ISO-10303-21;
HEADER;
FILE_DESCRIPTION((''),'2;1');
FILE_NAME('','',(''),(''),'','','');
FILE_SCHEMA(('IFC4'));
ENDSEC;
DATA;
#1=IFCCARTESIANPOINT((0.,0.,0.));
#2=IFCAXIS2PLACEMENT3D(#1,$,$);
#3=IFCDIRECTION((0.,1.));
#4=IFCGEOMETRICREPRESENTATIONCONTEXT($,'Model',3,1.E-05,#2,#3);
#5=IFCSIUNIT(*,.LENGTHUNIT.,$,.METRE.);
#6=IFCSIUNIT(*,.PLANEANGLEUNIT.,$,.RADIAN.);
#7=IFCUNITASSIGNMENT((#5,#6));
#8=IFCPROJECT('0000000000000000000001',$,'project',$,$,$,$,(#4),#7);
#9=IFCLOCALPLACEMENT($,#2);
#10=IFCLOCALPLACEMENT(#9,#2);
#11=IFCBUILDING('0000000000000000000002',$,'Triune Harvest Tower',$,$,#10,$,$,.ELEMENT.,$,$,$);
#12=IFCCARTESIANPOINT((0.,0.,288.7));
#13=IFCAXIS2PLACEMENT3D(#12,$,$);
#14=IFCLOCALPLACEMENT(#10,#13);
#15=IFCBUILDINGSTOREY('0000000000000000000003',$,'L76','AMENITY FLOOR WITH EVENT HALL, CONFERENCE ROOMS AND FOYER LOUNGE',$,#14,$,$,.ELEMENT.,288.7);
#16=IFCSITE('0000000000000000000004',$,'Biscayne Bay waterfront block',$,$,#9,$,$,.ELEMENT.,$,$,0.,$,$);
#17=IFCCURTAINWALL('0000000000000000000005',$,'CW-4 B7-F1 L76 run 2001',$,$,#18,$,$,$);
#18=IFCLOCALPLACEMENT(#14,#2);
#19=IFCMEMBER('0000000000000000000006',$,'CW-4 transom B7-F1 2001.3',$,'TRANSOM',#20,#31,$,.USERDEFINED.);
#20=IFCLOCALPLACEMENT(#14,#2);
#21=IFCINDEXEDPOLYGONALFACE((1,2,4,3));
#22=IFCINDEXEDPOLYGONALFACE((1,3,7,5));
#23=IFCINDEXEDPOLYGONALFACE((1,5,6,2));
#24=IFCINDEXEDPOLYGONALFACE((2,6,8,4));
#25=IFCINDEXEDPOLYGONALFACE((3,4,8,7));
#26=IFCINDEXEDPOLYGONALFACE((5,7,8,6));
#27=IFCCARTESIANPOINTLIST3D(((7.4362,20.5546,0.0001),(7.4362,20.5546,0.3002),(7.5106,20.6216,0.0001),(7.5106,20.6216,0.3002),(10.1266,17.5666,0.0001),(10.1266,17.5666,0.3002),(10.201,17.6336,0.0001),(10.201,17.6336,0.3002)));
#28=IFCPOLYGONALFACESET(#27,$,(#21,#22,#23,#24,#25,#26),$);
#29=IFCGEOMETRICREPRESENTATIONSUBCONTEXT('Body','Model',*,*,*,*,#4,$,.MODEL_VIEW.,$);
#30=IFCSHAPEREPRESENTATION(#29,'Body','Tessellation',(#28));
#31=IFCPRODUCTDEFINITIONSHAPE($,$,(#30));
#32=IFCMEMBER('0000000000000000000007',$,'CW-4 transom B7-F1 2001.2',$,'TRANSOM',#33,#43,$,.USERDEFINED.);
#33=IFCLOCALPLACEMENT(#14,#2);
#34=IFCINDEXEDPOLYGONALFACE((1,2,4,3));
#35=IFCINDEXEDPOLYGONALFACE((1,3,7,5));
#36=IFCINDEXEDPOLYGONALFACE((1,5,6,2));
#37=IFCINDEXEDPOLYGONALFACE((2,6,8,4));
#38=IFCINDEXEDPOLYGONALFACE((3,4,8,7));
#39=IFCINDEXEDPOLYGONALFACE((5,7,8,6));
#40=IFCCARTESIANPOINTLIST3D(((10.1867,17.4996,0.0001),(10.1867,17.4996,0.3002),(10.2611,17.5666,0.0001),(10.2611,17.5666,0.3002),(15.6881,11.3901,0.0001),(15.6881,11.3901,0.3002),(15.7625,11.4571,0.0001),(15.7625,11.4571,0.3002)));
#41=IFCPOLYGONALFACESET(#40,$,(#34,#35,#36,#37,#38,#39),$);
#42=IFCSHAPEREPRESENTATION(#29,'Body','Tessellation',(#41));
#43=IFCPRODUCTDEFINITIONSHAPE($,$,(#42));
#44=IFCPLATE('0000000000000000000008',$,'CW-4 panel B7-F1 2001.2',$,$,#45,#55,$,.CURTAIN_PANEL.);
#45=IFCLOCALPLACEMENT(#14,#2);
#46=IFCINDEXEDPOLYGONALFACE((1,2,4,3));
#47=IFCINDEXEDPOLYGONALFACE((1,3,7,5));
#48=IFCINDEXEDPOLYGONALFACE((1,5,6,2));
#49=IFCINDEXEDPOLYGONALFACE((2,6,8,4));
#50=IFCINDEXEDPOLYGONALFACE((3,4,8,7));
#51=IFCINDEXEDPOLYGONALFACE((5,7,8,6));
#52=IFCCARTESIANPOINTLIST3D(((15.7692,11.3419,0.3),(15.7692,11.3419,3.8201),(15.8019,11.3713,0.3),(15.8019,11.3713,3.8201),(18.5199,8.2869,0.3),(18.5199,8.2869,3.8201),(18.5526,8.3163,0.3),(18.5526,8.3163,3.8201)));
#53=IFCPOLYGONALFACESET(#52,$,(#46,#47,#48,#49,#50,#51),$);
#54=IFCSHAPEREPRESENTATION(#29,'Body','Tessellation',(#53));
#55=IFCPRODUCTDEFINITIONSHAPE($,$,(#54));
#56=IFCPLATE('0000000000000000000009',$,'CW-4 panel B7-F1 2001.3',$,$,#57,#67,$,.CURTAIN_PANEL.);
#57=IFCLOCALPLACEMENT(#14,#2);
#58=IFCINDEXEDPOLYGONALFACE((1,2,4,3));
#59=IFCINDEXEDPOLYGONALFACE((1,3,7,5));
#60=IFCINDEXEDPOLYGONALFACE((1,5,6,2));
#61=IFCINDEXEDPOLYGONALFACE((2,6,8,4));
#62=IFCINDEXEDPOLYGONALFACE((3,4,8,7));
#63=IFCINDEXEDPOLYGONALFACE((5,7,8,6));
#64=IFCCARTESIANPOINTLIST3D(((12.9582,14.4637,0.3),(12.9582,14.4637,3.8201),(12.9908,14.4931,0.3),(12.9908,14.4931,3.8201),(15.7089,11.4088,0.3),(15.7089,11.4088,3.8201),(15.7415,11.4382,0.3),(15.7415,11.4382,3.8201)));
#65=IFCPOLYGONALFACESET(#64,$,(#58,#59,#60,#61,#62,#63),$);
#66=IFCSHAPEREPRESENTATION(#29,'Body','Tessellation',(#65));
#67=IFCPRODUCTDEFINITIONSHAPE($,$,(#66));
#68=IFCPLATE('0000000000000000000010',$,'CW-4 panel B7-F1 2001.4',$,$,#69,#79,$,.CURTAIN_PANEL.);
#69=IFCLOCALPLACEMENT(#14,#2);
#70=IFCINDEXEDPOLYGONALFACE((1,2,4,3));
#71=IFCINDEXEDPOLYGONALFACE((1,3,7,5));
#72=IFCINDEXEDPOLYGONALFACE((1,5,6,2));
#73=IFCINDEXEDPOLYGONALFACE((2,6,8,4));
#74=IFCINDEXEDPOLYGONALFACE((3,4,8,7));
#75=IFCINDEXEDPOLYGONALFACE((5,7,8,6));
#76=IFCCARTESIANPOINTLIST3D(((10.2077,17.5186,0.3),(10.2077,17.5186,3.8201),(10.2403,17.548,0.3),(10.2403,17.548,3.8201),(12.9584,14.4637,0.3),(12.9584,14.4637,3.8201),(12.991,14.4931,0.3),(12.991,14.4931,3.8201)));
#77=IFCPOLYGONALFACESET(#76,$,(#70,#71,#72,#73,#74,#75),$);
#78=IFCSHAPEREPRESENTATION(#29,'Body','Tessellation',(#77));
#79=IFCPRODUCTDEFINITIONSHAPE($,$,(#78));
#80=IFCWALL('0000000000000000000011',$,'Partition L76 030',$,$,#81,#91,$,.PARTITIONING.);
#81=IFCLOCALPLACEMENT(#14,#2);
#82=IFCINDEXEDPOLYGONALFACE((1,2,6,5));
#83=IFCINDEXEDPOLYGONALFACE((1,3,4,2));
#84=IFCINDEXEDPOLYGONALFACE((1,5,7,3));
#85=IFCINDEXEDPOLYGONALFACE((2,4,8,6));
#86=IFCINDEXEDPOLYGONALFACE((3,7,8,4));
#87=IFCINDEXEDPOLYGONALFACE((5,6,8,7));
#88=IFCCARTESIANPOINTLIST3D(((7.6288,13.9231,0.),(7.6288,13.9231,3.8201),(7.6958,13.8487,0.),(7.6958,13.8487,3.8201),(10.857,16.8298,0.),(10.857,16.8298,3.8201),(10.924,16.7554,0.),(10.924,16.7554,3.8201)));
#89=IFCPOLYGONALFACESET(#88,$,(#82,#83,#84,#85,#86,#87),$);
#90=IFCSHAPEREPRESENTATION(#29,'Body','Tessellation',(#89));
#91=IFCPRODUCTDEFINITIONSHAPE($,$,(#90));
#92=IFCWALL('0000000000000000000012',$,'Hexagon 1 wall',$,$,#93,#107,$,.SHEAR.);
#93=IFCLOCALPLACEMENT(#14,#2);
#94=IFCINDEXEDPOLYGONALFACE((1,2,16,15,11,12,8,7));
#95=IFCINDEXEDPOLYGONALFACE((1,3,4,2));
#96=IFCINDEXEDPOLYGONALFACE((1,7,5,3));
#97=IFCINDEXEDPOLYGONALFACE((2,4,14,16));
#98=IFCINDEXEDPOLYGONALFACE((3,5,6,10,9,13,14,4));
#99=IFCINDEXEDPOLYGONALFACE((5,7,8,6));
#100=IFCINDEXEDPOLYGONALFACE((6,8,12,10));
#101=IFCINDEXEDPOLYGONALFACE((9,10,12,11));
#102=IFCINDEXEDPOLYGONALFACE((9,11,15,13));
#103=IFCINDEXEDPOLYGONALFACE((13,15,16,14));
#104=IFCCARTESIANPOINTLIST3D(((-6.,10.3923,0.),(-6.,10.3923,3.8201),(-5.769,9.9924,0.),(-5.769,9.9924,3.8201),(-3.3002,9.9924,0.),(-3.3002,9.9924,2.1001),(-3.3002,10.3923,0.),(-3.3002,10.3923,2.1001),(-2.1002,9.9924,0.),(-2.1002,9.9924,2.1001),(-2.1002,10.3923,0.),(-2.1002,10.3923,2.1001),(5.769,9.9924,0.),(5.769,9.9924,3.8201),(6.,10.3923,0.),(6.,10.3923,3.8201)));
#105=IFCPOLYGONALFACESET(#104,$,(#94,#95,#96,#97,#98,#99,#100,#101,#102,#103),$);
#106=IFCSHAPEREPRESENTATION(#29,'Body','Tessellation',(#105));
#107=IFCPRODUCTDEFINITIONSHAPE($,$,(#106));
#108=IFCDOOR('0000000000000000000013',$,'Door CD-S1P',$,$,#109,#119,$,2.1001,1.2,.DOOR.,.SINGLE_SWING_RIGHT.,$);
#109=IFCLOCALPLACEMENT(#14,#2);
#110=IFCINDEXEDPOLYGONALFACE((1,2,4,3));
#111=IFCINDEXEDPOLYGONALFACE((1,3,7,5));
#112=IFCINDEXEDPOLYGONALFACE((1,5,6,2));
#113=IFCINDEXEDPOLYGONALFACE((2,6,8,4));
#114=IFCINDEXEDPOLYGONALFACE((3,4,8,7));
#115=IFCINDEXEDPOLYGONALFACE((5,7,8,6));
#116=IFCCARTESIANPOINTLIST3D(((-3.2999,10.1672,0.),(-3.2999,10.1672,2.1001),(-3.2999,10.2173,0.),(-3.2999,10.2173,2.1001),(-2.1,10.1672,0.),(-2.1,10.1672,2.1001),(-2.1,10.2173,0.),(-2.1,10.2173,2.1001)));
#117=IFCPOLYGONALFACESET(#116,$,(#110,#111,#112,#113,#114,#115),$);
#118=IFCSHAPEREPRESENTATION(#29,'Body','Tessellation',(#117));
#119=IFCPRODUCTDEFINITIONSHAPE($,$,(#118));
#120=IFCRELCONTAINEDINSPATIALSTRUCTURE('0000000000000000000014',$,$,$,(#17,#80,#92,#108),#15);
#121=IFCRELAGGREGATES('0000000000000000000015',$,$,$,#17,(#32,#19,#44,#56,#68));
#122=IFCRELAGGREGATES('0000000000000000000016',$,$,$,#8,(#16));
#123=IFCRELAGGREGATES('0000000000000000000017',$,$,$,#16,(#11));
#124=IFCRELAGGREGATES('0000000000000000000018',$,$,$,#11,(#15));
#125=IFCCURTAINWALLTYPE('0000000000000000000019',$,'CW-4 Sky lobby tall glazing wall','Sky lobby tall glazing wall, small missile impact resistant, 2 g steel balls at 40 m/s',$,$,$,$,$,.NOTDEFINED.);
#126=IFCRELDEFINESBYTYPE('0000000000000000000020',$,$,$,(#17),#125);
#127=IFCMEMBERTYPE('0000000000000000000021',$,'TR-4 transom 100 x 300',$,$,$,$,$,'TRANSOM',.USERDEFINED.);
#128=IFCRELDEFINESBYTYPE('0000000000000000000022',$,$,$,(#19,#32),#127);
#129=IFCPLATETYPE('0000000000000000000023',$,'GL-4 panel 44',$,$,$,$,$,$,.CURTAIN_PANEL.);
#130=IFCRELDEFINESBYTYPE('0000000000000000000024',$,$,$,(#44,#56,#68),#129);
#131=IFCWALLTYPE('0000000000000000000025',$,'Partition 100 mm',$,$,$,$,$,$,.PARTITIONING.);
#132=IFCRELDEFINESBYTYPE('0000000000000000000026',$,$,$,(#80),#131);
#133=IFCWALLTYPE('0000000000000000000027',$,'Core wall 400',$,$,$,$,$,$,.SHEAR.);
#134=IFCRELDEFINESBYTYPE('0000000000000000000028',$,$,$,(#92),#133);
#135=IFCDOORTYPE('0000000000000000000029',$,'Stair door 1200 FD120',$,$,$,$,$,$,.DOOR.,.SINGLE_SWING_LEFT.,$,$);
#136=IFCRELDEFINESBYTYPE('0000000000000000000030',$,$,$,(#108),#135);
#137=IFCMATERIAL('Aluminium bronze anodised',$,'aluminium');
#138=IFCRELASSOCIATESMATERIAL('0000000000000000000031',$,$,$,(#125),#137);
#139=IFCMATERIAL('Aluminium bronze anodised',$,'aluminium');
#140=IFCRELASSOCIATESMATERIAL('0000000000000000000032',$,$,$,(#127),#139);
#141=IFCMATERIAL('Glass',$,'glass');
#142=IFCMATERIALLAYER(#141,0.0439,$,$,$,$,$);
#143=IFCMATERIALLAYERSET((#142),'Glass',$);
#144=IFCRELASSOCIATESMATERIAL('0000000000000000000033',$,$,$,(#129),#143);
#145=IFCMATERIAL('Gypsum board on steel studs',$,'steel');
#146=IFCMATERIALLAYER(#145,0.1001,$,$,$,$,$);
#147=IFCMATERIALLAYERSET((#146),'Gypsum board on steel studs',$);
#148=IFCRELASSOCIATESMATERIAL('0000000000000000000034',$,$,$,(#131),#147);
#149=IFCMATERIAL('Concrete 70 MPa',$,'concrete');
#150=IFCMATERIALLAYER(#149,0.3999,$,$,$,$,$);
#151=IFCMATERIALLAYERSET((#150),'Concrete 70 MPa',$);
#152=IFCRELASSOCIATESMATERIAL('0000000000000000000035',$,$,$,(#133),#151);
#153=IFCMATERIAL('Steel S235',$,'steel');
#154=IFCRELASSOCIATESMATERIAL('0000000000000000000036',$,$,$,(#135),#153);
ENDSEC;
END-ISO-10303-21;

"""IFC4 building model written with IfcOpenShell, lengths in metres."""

from ifc_helpers import new_model, si_unit, direction, frame, frame_2d, origin, origin_2d, place, context, subcontext, project, spatial, polyline, rectangle, outline, extrude, source, transform, mapped, material, layer, layer_set, material_profile, profile_set, type_object, element, fill, aggregate, save


model = new_model("IFC4")

# Units and contexts
model_context = context("Model", 3, precision=1e-05, world=origin(), true_north=direction((0.0, 1.0)))
body_context = subcontext(model_context, "Body", "Model", "MODEL_VIEW")
ifc_project = project(units=[si_unit("LENGTHUNIT", "METRE"), si_unit("PLANEANGLEUNIT", "RADIAN")], contexts=[model_context])

# Site, building, storey
site_placement = place(None, origin())
site = spatial("IfcSite", under=ifc_project, at=site_placement, Name="Biscayne Bay waterfront block", CompositionType="ELEMENT", RefElevation=0.0)
building_placement = place(site_placement, origin())
building = spatial("IfcBuilding", under=site, at=building_placement, Name="Triune Harvest Tower", CompositionType="ELEMENT")
storey_placement = place(building_placement, frame((0.0, 0.0, 288.7)))
storey = spatial("IfcBuildingStorey", under=building, at=storey_placement, Name="L76", Description="AMENITY FLOOR WITH EVENT HALL, CONFERENCE ROOMS AND FOYER LOUNGE", CompositionType="ELEMENT", Elevation=288.7)

# Curtain wall, members, plates
ifc_material_1 = material(Name="Aluminium bronze anodised", Category="aluminium")
curtain_wall_type = type_object("IfcCurtainWallType", Name="CW-4 Sky lobby tall glazing wall", Description="Sky lobby tall glazing wall, small missile impact resistant, 2 g steel balls at 40 m/s", PredefinedType="NOTDEFINED", material=ifc_material_1)
curtain_wall_placement = place(storey_placement, origin())
curtain_wall = element("IfcCurtainWall", 1, at=curtain_wall_placement, inside=storey, type_object=curtain_wall_type, Name="CW-4 B7-F1 L76 run 2001")
ifc_material_2 = material(Name="Aluminium bronze anodised", Category="aluminium")
ifc_material_profile_1 = material_profile(ifc_material_2, rectangle(XDim=0.1001, YDim=0.3, at=origin_2d()), Name="TR-4 transom 100 x 300")
ifc_profile_set_1 = profile_set([ifc_material_profile_1], Name="Aluminium bronze anodised")
member_type_1 = type_object("IfcMemberType", Name="TR-4 transom 100 x 300", ElementType="TRANSOM", PredefinedType="USERDEFINED", material=ifc_profile_set_1)
shared_shape_1 = source(origin(), body_context, "Body", "SweptSolid", [
    extrude(rectangle(XDim=0.1001, YDim=0.3, at=origin_2d()), origin(), (0.0, 0.0, 1.0), 4.0208),
])
member_1_placement = place(storey_placement, frame((10.1638, 17.6001, 0.1501), z_axis=(-0.669129, 0.743146, 0.0), x_axis=(-0.743146, -0.669129, 0.0)))
member_1 = element("IfcMember", 2, at=member_1_placement, type_object=member_type_1, Name="CW-4 transom B7-F1 2001.3", ObjectType="TRANSOM", PredefinedType="USERDEFINED", context=body_context, shape_type="MappedRepresentation", body=[
    mapped(shared_shape_1, transform((0.0, 0.0, 0.0), scale=1.0)),
])
shared_shape_2 = source(origin(), body_context, "Body", "SweptSolid", [
    extrude(rectangle(XDim=0.1001, YDim=0.3, at=origin_2d()), origin(), (0.0, 0.0, 1.0), 8.2214),
])
member_2_placement = place(storey_placement, frame((15.7253, 11.4236, 0.1501), z_axis=(-0.669153, 0.743124, 0.0), x_axis=(-0.743124, -0.669153, 0.0)))
member_2 = element("IfcMember", 3, at=member_2_placement, type_object=member_type_1, Name="CW-4 transom B7-F1 2001.2", ObjectType="TRANSOM", PredefinedType="USERDEFINED", context=body_context, shape_type="MappedRepresentation", body=[
    mapped(shared_shape_2, transform((0.0, 0.0, 0.0), scale=1.0)),
])
ifc_material_3 = material(Name="Glass", Category="glass")
ifc_layer_1 = layer(ifc_material_3, 0.0439)
ifc_layer_set_1 = layer_set([ifc_layer_1], Name="Glass")
plate_type = type_object("IfcPlateType", Name="GL-4 panel 44", PredefinedType="CURTAIN_PANEL", material=ifc_layer_set_1)
shared_shape_3 = source(origin(), body_context, "Body", "SweptSolid", [
    extrude(rectangle(XDim=4.1108, YDim=0.0439, at=origin_2d()), origin(), (0.0, 0.0, 1.0), 3.52),
])
plate_1_placement = place(storey_placement, frame((17.1609, 9.8291, 0.3), z_axis=(0.0, 0.0, 1.0), x_axis=(-0.669131, 0.743144, 0.0)))
plate_1 = element("IfcPlate", 4, at=plate_1_placement, type_object=plate_type, Name="CW-4 panel B7-F1 2001.2", PredefinedType="CURTAIN_PANEL", context=body_context, shape_type="MappedRepresentation", body=[
    mapped(shared_shape_3, transform((0.0, 0.0, 0.0), scale=1.0)),
])
plate_2_placement = place(storey_placement, frame((14.3499, 12.9509, 0.3), z_axis=(0.0, 0.0, 1.0), x_axis=(-0.669131, 0.743144, 0.0)))
plate_2 = element("IfcPlate", 5, at=plate_2_placement, type_object=plate_type, Name="CW-4 panel B7-F1 2001.3", PredefinedType="CURTAIN_PANEL", context=body_context, shape_type="MappedRepresentation", body=[
    mapped(shared_shape_3, transform((0.0, 0.0, 0.0), scale=1.0)),
])
plate_3_placement = place(storey_placement, frame((11.5994, 16.0059, 0.3), z_axis=(0.0, 0.0, 1.0), x_axis=(-0.669131, 0.743144, 0.0)))
plate_3 = element("IfcPlate", 6, at=plate_3_placement, type_object=plate_type, Name="CW-4 panel B7-F1 2001.4", PredefinedType="CURTAIN_PANEL", context=body_context, shape_type="MappedRepresentation", body=[
    mapped(shared_shape_3, transform((0.0, 0.0, 0.0), scale=1.0)),
])
aggregate(curtain_wall, [member_2, member_1, plate_1, plate_2, plate_3])

# Wall
ifc_material_4 = material(Name="Gypsum board on steel studs", Category="steel")
ifc_layer_2 = layer(ifc_material_4, 0.1001)
ifc_layer_set_2 = layer_set([ifc_layer_2], Name="Gypsum board on steel studs")
wall_type_1 = type_object("IfcWallType", Name="Partition 100 mm", PredefinedType="PARTITIONING", material=ifc_layer_set_2)
wall_1_placement = place(storey_placement, frame((7.6624, 13.886, 0.0), z_axis=(0.0, 0.0, 1.0), x_axis=(0.743146, 0.669129, 0.0)))
element("IfcWall", 7, at=wall_1_placement, inside=storey, type_object=wall_type_1, Name="Partition L76 030", PredefinedType="PARTITIONING", context=body_context, shape_type="SweptSolid", body=[
    extrude(rectangle(XDim=4.344, YDim=0.1001, at=frame_2d((2.1719, 0.0))), origin(), (0.0, 0.0, 1.0), 3.8201),
])

# Wall, opening, door
ifc_material_5 = material(Name="Concrete 70 MPa", Category="concrete")
ifc_layer_3 = layer(ifc_material_5, 0.3999)
ifc_layer_set_3 = layer_set([ifc_layer_3], Name="Concrete 70 MPa")
wall_type_2 = type_object("IfcWallType", Name="Core wall 400", PredefinedType="SHEAR", material=ifc_layer_set_3)
shared_shape_4 = source(origin(), body_context, "Body", "SweptSolid", [
    extrude(outline(polyline([(-0.1155, -0.2), (11.8845, -0.2), (11.6536, 0.2), (0.1155, 0.2), (-0.1155, -0.2)])), origin(), (0.0, 0.0, 1.0), 3.8201),
])
wall_2_placement = place(storey_placement, frame((5.8845, 10.1924, 0.0), z_axis=(0.0, 0.0, 1.0), x_axis=(-1.0, 0.0, 0.0)))
wall_2 = element("IfcWall", 8, at=wall_2_placement, inside=storey, type_object=wall_type_2, Name="Hexagon 1 wall", PredefinedType="SHEAR", context=body_context, shape_type="MappedRepresentation", body=[
    mapped(shared_shape_4, transform((0.0, 0.0, 0.0), scale=1.0)),
])
opening_1_placement = place(wall_2_placement, frame((7.9846, 0.0, 0.0)))
opening_1 = element("IfcOpeningElement", 9, at=opening_1_placement, cuts=wall_2, PredefinedType="OPENING", context=body_context, shape_type="SweptSolid", body=[
    extrude(rectangle(XDim=1.2, YDim=2.1001, at=frame_2d((0.6001, 1.05))), frame((0.0, 0.21, 0.0), z_axis=(0.0, -1.0, 0.0), x_axis=(1.0, 0.0, 0.0)), (0.0, 0.0, 1.0), 0.4199),
])
ifc_material_6 = material(Name="Steel S235", Category="steel")
door_type_1 = type_object("IfcDoorType", Name="Stair door 1200 FD120", OperationType="SINGLE_SWING_LEFT", PredefinedType="DOOR", material=ifc_material_6)
door_1_placement = place(opening_1_placement, frame((1.2, 0.0, 0.0), z_axis=(0.0, 0.0, 1.0), x_axis=(-1.0, 0.0, 0.0)))
door_1 = element("IfcDoor", 10, at=door_1_placement, inside=storey, type_object=door_type_1, Name="Door CD-S1P", OperationType="SINGLE_SWING_RIGHT", OverallHeight=2.1001, OverallWidth=1.2, PredefinedType="DOOR", context=body_context, shape_type="SweptSolid", body=[
    extrude(rectangle(XDim=1.2, YDim=2.1001, at=frame_2d((0.6001, 1.05))), frame((0.0, 0.0249, 0.0), z_axis=(0.0, -1.0, 0.0), x_axis=(1.0, 0.0, 0.0)), (0.0, 0.0, 1.0), 0.05),
])
fill(opening_1, door_1)

save(model, "model.ifc")
